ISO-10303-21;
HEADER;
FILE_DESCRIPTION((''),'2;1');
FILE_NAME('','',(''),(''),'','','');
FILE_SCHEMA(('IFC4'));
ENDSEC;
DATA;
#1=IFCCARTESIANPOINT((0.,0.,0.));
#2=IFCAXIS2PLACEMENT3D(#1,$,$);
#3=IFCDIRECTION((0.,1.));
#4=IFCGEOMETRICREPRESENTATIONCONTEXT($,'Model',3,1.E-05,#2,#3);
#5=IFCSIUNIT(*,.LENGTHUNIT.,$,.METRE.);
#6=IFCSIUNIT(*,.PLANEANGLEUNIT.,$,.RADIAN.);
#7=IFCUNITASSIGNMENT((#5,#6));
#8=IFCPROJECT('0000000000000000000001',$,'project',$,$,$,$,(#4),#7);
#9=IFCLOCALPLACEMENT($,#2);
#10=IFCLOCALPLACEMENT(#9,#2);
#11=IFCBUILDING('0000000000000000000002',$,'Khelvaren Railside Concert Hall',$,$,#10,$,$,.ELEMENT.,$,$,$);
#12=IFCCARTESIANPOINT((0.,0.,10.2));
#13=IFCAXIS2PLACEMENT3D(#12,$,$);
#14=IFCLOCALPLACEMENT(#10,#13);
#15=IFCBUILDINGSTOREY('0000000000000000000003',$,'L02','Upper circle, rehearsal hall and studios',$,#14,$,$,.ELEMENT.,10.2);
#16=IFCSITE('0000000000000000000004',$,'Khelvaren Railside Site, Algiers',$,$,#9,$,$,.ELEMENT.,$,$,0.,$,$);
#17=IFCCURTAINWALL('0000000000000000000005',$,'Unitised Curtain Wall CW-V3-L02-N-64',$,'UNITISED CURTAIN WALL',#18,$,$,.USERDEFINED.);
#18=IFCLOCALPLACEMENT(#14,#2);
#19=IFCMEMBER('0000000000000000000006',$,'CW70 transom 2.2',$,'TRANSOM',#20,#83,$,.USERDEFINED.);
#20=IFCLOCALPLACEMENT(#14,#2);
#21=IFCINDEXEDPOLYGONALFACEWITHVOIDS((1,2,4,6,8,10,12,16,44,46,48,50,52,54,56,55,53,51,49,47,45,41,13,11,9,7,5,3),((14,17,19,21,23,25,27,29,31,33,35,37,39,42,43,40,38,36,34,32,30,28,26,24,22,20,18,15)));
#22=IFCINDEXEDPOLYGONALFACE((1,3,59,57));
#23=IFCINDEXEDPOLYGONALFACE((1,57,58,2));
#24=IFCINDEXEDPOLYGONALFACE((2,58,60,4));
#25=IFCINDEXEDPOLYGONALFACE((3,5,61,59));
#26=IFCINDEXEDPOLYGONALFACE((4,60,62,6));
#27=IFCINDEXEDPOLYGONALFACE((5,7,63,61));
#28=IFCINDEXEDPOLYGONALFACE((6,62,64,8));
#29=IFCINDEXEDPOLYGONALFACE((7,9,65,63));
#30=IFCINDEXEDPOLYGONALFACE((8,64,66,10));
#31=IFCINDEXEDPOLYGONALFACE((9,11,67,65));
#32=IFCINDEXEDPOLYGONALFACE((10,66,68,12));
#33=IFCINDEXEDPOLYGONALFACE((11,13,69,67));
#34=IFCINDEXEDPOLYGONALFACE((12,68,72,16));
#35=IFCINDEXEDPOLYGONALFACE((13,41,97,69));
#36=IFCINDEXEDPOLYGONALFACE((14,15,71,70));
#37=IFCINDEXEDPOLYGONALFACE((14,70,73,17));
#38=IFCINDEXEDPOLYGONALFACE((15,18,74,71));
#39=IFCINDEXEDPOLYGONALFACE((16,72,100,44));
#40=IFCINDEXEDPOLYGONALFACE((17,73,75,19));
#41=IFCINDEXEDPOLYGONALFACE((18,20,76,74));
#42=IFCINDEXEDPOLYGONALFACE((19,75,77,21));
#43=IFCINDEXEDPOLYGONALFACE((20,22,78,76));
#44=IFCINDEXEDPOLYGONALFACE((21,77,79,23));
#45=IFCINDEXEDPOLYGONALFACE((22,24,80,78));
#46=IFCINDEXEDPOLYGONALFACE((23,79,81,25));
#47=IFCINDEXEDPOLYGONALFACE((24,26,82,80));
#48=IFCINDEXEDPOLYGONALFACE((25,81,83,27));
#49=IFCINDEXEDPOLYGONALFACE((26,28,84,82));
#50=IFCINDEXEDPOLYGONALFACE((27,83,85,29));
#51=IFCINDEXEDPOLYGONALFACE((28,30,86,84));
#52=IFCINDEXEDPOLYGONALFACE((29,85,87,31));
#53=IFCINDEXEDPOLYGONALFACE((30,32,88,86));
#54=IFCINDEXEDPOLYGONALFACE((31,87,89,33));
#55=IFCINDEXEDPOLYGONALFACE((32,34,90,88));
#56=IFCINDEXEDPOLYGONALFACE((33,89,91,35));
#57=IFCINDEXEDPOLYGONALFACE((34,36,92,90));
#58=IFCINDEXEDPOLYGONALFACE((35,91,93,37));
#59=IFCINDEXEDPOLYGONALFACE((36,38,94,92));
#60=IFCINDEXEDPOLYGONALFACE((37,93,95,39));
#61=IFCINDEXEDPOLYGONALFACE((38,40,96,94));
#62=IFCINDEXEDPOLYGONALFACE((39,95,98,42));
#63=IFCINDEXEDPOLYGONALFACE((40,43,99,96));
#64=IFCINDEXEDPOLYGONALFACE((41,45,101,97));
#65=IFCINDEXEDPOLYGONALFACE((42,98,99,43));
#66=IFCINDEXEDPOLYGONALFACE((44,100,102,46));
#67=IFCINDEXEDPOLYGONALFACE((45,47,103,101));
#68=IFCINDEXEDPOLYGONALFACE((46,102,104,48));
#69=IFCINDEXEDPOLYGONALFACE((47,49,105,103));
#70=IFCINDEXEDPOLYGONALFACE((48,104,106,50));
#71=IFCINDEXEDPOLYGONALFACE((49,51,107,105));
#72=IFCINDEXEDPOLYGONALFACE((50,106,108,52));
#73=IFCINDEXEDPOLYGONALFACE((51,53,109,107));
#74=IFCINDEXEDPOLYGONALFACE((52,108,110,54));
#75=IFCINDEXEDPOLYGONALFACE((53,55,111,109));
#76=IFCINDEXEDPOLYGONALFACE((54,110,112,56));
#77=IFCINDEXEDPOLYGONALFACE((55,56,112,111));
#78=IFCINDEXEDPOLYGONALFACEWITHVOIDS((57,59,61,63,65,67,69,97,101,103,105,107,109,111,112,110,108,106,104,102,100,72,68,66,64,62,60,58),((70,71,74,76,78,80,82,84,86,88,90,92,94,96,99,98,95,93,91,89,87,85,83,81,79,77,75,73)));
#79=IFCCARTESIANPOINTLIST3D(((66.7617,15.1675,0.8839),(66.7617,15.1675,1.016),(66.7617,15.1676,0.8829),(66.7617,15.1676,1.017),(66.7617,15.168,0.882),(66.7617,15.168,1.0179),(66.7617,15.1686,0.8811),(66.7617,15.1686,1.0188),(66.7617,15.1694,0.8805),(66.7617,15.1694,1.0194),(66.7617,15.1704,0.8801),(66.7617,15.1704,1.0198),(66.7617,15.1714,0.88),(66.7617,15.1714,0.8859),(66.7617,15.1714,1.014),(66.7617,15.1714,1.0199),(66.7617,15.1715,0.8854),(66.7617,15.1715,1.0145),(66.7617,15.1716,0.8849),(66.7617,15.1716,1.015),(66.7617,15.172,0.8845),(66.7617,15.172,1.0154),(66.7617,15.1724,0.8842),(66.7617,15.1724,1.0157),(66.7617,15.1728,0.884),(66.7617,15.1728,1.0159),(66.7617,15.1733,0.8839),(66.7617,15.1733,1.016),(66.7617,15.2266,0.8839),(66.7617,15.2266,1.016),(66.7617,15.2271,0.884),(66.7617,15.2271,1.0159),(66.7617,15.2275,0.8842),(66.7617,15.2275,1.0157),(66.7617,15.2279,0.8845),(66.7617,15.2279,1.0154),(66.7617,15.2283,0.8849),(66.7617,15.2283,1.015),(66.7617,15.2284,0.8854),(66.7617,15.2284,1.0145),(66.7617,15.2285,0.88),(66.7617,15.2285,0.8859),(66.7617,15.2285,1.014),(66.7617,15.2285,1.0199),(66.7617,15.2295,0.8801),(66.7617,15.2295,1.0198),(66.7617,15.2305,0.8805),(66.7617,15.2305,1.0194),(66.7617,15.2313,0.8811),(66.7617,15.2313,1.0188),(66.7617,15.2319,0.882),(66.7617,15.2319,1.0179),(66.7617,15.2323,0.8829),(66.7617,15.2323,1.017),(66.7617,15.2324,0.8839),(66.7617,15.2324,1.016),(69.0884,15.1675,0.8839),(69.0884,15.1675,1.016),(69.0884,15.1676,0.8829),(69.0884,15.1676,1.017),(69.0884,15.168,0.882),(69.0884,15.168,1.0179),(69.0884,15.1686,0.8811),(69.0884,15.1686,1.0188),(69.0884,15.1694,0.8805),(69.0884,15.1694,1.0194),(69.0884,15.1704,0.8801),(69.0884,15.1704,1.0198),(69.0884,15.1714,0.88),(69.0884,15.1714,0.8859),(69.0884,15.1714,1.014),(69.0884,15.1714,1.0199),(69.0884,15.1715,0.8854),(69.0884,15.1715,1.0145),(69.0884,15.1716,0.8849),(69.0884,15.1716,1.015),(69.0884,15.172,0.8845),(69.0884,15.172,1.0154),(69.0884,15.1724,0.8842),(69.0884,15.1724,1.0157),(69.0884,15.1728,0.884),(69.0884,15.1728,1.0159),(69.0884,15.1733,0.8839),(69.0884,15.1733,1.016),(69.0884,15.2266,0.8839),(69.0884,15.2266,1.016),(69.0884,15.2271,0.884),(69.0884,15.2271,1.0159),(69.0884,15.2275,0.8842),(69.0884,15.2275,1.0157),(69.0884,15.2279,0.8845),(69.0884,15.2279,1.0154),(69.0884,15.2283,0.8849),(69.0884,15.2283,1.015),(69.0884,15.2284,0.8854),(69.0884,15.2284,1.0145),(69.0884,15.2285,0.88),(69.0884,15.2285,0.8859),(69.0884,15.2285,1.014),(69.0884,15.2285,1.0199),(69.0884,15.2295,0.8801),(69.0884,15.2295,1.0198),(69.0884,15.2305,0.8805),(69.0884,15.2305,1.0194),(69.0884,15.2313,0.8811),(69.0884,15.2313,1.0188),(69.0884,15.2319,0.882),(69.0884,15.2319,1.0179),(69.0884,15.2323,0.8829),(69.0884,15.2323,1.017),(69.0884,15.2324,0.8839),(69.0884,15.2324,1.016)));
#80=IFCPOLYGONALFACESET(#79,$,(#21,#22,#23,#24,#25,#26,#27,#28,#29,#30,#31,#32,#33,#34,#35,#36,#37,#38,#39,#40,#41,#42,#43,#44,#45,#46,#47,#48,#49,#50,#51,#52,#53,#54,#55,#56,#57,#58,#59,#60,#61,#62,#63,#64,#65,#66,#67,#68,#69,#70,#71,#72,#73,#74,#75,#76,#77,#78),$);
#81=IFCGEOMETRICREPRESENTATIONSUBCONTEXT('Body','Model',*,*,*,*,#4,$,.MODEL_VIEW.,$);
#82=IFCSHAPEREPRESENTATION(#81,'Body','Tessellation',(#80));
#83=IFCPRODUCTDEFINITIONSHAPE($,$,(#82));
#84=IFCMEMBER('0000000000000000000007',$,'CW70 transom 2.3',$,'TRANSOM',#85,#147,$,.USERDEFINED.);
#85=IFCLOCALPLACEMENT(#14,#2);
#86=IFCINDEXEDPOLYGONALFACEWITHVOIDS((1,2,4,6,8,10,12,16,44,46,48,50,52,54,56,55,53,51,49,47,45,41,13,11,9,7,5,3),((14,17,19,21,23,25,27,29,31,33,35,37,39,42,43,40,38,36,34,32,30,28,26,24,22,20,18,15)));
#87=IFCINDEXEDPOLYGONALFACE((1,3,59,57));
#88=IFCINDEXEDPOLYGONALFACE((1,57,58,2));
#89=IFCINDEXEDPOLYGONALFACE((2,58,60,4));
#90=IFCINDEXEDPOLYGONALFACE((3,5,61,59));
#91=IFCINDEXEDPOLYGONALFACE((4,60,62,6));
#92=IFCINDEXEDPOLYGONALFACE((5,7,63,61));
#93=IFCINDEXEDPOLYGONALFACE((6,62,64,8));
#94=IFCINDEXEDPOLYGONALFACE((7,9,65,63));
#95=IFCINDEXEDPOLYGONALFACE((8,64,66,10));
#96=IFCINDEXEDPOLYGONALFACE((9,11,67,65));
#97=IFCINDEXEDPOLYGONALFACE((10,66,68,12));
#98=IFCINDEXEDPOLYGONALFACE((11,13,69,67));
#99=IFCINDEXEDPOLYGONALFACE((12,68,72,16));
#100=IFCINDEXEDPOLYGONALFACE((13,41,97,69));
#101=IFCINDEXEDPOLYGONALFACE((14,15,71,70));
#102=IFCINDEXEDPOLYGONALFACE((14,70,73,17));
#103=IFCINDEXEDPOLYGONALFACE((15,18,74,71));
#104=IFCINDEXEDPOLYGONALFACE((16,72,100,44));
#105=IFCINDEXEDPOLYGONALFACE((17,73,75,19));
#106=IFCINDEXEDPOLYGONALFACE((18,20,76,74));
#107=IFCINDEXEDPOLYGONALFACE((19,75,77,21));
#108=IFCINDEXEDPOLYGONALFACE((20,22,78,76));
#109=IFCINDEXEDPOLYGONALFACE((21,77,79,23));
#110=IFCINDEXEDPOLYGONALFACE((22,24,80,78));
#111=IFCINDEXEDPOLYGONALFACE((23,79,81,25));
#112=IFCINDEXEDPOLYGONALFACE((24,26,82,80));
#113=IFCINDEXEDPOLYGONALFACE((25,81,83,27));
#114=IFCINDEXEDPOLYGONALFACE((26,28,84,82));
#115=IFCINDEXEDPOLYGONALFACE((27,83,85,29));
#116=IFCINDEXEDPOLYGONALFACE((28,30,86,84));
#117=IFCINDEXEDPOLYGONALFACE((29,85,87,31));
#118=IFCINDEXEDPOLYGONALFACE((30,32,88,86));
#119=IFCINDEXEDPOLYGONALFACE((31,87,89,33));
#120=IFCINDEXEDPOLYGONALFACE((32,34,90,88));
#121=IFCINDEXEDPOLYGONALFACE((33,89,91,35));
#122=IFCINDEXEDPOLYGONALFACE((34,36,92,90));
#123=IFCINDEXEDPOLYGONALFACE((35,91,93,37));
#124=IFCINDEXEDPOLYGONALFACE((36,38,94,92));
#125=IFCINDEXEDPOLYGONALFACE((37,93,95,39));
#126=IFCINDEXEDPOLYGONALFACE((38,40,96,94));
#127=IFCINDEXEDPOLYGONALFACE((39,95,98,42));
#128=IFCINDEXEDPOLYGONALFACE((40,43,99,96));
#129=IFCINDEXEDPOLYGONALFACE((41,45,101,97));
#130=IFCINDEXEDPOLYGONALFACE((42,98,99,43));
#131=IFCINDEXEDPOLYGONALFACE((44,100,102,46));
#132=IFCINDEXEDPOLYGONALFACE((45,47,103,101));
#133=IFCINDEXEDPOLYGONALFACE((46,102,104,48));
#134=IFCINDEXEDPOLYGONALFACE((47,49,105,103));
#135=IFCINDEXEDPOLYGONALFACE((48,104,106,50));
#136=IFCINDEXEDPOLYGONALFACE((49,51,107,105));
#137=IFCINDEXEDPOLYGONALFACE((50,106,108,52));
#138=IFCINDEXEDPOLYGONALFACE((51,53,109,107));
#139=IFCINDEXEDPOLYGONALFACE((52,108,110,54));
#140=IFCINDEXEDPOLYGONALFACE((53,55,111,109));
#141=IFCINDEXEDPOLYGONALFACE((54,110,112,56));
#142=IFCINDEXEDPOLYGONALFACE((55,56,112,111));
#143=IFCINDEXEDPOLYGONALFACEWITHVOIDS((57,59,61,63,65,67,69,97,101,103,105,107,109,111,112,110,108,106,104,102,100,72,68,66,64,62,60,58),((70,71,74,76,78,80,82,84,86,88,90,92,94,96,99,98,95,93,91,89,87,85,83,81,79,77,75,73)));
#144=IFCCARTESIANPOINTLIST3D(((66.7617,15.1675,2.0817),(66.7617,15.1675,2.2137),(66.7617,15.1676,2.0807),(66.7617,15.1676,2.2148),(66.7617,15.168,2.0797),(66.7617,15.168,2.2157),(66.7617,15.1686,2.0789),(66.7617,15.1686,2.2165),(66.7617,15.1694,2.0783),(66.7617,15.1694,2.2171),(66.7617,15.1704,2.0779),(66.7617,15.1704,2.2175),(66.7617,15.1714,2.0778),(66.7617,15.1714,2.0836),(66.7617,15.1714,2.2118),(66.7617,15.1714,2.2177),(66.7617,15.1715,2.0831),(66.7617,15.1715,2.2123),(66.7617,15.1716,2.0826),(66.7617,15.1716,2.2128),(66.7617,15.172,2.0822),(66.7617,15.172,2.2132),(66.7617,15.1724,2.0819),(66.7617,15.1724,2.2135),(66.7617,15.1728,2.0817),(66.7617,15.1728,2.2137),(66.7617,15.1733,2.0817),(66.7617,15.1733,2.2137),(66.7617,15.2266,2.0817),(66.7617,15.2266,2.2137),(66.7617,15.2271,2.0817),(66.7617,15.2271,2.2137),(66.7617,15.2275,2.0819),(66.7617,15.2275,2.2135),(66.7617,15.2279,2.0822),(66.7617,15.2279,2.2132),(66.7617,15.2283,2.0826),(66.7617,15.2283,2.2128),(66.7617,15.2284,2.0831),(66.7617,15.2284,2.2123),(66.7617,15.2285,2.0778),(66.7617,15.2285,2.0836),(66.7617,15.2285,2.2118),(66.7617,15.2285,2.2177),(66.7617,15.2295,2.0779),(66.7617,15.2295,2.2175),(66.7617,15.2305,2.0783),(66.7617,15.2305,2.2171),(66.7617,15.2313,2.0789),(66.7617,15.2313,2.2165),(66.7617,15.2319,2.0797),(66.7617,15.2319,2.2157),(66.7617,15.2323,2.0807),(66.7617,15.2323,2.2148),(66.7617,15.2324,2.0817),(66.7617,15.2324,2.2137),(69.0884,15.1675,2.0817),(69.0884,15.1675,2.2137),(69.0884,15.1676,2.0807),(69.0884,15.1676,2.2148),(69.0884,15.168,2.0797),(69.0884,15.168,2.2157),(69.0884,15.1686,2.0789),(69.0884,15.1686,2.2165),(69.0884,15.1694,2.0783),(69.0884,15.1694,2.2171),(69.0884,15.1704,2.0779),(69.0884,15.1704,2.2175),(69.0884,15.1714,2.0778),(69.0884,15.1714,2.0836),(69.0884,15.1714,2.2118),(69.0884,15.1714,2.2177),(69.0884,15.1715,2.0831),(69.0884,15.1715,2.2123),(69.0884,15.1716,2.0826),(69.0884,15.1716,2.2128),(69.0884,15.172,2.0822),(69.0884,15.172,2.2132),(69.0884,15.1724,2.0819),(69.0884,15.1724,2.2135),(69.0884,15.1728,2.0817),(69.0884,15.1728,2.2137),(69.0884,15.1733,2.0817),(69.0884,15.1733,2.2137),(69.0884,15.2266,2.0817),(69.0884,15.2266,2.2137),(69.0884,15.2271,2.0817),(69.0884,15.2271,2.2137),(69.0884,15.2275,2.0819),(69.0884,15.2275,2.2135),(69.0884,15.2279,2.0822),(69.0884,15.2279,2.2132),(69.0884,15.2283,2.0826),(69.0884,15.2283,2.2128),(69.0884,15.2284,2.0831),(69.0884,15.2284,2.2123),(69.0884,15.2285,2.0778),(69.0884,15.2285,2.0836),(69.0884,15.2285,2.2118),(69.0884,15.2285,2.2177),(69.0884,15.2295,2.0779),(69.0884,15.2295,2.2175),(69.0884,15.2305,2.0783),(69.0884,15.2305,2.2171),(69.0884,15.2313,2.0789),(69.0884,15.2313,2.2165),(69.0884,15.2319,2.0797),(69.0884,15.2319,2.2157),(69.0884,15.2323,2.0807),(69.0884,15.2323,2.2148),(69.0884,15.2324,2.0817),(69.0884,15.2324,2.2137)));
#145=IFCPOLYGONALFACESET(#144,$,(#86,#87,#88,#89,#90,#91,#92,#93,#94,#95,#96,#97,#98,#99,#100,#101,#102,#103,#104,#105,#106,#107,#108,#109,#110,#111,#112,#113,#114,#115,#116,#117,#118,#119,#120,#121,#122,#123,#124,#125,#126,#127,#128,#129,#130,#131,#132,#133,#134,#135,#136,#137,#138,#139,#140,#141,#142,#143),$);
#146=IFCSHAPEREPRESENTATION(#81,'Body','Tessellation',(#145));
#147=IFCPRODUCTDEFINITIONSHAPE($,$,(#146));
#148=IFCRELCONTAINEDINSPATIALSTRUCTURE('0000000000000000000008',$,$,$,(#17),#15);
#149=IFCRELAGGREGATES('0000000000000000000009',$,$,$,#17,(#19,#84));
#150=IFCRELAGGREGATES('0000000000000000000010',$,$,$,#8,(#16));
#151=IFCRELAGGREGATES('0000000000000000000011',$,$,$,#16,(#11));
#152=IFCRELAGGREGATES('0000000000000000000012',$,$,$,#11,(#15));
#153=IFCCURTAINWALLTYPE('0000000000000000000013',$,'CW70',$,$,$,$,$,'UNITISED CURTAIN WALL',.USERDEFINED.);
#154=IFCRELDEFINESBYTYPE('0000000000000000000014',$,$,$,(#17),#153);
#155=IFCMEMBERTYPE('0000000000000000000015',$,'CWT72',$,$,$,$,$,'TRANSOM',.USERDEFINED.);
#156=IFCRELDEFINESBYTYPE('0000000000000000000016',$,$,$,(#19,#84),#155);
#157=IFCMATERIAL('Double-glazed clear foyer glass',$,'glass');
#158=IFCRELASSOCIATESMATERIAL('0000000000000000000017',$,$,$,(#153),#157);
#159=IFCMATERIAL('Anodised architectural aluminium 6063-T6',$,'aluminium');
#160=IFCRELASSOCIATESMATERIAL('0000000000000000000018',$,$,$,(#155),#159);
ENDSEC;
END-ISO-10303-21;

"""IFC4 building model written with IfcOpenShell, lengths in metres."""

from ifc_helpers import new_model, si_unit, direction, frame, origin, origin_2d, place, context, subcontext, project, spatial, hollow_rectangle, extrude, material, material_profile, profile_set, type_object, element, aggregate, save


model = new_model("IFC4")

# Units and contexts
model_context = context("Model", 3, precision=1e-05, world=origin(), true_north=direction((0.0, 1.0)))
body_context = subcontext(model_context, "Body", "Model", "MODEL_VIEW")
ifc_project = project(units=[si_unit("LENGTHUNIT", "METRE"), si_unit("PLANEANGLEUNIT", "RADIAN")], contexts=[model_context])

# Site, building, storey
site_placement = place(None, origin())
site = spatial("IfcSite", under=ifc_project, at=site_placement, Name="Khelvaren Railside Site, Algiers", CompositionType="ELEMENT", RefElevation=0.0)
building_placement = place(site_placement, origin())
building = spatial("IfcBuilding", under=site, at=building_placement, Name="Khelvaren Railside Concert Hall", CompositionType="ELEMENT")
storey_placement = place(building_placement, frame((0.0, 0.0, 10.2)))
storey = spatial("IfcBuildingStorey", under=building, at=storey_placement, Name="L02", Description="Upper circle, rehearsal hall and studios", CompositionType="ELEMENT", Elevation=10.2)

# Curtain wall
ifc_material_1 = material(Name="Double-glazed clear foyer glass", Category="glass")
curtain_wall_type_1 = type_object("IfcCurtainWallType", Name="CW70", ElementType="UNITISED CURTAIN WALL", PredefinedType="USERDEFINED", material=ifc_material_1)
curtain_wall_1_placement = place(storey_placement, origin())
curtain_wall_1 = element("IfcCurtainWall", 1, at=curtain_wall_1_placement, inside=storey, type_object=curtain_wall_type_1, Name="Unitised Curtain Wall CW-V3-L02-N-64", ObjectType="UNITISED CURTAIN WALL", PredefinedType="USERDEFINED")
ifc_material_2 = material(Name="Anodised architectural aluminium 6063-T6", Category="aluminium")

# Members
ifc_material_profile_1 = material_profile(ifc_material_2, hollow_rectangle(XDim=0.0649, YDim=0.1399, WallThickness=0.0039, InnerFilletRadius=0.002, OuterFilletRadius=0.0039, at=origin_2d()), Name="CWT 65x140x4")
ifc_profile_set_1 = profile_set([ifc_material_profile_1], Name="Anodised architectural aluminium 6063-T6")
member_type_1 = type_object("IfcMemberType", Name="CWT72", ElementType="TRANSOM", PredefinedType="USERDEFINED", material=ifc_profile_set_1)
member_1_placement = place(storey_placement, frame((66.7617, 15.2, 0.95), z_axis=(1.0, 0.0, 0.0), x_axis=(0.0, 1.0, 0.0)))
member_1 = element("IfcMember", 2, at=member_1_placement, type_object=member_type_1, Name="CW70 transom 2.2", ObjectType="TRANSOM", PredefinedType="USERDEFINED", context=body_context, shape_type="SweptSolid", body=[
    extrude(hollow_rectangle(XDim=0.0649, YDim=0.1399, WallThickness=0.0039, InnerFilletRadius=0.002, OuterFilletRadius=0.0039, at=origin_2d()), origin(), (0.0, 0.0, 1.0), 2.3267),
])
member_2_placement = place(storey_placement, frame((66.7617, 15.2, 2.1477), z_axis=(1.0, 0.0, 0.0), x_axis=(0.0, 1.0, 0.0)))
member_2 = element("IfcMember", 3, at=member_2_placement, type_object=member_type_1, Name="CW70 transom 2.3", ObjectType="TRANSOM", PredefinedType="USERDEFINED", context=body_context, shape_type="SweptSolid", body=[
    extrude(hollow_rectangle(XDim=0.0649, YDim=0.1399, WallThickness=0.0039, InnerFilletRadius=0.002, OuterFilletRadius=0.0039, at=origin_2d()), origin(), (0.0, 0.0, 1.0), 2.3267),
])

aggregate(curtain_wall_1, [member_1, member_2])

save(model, "model.ifc")
